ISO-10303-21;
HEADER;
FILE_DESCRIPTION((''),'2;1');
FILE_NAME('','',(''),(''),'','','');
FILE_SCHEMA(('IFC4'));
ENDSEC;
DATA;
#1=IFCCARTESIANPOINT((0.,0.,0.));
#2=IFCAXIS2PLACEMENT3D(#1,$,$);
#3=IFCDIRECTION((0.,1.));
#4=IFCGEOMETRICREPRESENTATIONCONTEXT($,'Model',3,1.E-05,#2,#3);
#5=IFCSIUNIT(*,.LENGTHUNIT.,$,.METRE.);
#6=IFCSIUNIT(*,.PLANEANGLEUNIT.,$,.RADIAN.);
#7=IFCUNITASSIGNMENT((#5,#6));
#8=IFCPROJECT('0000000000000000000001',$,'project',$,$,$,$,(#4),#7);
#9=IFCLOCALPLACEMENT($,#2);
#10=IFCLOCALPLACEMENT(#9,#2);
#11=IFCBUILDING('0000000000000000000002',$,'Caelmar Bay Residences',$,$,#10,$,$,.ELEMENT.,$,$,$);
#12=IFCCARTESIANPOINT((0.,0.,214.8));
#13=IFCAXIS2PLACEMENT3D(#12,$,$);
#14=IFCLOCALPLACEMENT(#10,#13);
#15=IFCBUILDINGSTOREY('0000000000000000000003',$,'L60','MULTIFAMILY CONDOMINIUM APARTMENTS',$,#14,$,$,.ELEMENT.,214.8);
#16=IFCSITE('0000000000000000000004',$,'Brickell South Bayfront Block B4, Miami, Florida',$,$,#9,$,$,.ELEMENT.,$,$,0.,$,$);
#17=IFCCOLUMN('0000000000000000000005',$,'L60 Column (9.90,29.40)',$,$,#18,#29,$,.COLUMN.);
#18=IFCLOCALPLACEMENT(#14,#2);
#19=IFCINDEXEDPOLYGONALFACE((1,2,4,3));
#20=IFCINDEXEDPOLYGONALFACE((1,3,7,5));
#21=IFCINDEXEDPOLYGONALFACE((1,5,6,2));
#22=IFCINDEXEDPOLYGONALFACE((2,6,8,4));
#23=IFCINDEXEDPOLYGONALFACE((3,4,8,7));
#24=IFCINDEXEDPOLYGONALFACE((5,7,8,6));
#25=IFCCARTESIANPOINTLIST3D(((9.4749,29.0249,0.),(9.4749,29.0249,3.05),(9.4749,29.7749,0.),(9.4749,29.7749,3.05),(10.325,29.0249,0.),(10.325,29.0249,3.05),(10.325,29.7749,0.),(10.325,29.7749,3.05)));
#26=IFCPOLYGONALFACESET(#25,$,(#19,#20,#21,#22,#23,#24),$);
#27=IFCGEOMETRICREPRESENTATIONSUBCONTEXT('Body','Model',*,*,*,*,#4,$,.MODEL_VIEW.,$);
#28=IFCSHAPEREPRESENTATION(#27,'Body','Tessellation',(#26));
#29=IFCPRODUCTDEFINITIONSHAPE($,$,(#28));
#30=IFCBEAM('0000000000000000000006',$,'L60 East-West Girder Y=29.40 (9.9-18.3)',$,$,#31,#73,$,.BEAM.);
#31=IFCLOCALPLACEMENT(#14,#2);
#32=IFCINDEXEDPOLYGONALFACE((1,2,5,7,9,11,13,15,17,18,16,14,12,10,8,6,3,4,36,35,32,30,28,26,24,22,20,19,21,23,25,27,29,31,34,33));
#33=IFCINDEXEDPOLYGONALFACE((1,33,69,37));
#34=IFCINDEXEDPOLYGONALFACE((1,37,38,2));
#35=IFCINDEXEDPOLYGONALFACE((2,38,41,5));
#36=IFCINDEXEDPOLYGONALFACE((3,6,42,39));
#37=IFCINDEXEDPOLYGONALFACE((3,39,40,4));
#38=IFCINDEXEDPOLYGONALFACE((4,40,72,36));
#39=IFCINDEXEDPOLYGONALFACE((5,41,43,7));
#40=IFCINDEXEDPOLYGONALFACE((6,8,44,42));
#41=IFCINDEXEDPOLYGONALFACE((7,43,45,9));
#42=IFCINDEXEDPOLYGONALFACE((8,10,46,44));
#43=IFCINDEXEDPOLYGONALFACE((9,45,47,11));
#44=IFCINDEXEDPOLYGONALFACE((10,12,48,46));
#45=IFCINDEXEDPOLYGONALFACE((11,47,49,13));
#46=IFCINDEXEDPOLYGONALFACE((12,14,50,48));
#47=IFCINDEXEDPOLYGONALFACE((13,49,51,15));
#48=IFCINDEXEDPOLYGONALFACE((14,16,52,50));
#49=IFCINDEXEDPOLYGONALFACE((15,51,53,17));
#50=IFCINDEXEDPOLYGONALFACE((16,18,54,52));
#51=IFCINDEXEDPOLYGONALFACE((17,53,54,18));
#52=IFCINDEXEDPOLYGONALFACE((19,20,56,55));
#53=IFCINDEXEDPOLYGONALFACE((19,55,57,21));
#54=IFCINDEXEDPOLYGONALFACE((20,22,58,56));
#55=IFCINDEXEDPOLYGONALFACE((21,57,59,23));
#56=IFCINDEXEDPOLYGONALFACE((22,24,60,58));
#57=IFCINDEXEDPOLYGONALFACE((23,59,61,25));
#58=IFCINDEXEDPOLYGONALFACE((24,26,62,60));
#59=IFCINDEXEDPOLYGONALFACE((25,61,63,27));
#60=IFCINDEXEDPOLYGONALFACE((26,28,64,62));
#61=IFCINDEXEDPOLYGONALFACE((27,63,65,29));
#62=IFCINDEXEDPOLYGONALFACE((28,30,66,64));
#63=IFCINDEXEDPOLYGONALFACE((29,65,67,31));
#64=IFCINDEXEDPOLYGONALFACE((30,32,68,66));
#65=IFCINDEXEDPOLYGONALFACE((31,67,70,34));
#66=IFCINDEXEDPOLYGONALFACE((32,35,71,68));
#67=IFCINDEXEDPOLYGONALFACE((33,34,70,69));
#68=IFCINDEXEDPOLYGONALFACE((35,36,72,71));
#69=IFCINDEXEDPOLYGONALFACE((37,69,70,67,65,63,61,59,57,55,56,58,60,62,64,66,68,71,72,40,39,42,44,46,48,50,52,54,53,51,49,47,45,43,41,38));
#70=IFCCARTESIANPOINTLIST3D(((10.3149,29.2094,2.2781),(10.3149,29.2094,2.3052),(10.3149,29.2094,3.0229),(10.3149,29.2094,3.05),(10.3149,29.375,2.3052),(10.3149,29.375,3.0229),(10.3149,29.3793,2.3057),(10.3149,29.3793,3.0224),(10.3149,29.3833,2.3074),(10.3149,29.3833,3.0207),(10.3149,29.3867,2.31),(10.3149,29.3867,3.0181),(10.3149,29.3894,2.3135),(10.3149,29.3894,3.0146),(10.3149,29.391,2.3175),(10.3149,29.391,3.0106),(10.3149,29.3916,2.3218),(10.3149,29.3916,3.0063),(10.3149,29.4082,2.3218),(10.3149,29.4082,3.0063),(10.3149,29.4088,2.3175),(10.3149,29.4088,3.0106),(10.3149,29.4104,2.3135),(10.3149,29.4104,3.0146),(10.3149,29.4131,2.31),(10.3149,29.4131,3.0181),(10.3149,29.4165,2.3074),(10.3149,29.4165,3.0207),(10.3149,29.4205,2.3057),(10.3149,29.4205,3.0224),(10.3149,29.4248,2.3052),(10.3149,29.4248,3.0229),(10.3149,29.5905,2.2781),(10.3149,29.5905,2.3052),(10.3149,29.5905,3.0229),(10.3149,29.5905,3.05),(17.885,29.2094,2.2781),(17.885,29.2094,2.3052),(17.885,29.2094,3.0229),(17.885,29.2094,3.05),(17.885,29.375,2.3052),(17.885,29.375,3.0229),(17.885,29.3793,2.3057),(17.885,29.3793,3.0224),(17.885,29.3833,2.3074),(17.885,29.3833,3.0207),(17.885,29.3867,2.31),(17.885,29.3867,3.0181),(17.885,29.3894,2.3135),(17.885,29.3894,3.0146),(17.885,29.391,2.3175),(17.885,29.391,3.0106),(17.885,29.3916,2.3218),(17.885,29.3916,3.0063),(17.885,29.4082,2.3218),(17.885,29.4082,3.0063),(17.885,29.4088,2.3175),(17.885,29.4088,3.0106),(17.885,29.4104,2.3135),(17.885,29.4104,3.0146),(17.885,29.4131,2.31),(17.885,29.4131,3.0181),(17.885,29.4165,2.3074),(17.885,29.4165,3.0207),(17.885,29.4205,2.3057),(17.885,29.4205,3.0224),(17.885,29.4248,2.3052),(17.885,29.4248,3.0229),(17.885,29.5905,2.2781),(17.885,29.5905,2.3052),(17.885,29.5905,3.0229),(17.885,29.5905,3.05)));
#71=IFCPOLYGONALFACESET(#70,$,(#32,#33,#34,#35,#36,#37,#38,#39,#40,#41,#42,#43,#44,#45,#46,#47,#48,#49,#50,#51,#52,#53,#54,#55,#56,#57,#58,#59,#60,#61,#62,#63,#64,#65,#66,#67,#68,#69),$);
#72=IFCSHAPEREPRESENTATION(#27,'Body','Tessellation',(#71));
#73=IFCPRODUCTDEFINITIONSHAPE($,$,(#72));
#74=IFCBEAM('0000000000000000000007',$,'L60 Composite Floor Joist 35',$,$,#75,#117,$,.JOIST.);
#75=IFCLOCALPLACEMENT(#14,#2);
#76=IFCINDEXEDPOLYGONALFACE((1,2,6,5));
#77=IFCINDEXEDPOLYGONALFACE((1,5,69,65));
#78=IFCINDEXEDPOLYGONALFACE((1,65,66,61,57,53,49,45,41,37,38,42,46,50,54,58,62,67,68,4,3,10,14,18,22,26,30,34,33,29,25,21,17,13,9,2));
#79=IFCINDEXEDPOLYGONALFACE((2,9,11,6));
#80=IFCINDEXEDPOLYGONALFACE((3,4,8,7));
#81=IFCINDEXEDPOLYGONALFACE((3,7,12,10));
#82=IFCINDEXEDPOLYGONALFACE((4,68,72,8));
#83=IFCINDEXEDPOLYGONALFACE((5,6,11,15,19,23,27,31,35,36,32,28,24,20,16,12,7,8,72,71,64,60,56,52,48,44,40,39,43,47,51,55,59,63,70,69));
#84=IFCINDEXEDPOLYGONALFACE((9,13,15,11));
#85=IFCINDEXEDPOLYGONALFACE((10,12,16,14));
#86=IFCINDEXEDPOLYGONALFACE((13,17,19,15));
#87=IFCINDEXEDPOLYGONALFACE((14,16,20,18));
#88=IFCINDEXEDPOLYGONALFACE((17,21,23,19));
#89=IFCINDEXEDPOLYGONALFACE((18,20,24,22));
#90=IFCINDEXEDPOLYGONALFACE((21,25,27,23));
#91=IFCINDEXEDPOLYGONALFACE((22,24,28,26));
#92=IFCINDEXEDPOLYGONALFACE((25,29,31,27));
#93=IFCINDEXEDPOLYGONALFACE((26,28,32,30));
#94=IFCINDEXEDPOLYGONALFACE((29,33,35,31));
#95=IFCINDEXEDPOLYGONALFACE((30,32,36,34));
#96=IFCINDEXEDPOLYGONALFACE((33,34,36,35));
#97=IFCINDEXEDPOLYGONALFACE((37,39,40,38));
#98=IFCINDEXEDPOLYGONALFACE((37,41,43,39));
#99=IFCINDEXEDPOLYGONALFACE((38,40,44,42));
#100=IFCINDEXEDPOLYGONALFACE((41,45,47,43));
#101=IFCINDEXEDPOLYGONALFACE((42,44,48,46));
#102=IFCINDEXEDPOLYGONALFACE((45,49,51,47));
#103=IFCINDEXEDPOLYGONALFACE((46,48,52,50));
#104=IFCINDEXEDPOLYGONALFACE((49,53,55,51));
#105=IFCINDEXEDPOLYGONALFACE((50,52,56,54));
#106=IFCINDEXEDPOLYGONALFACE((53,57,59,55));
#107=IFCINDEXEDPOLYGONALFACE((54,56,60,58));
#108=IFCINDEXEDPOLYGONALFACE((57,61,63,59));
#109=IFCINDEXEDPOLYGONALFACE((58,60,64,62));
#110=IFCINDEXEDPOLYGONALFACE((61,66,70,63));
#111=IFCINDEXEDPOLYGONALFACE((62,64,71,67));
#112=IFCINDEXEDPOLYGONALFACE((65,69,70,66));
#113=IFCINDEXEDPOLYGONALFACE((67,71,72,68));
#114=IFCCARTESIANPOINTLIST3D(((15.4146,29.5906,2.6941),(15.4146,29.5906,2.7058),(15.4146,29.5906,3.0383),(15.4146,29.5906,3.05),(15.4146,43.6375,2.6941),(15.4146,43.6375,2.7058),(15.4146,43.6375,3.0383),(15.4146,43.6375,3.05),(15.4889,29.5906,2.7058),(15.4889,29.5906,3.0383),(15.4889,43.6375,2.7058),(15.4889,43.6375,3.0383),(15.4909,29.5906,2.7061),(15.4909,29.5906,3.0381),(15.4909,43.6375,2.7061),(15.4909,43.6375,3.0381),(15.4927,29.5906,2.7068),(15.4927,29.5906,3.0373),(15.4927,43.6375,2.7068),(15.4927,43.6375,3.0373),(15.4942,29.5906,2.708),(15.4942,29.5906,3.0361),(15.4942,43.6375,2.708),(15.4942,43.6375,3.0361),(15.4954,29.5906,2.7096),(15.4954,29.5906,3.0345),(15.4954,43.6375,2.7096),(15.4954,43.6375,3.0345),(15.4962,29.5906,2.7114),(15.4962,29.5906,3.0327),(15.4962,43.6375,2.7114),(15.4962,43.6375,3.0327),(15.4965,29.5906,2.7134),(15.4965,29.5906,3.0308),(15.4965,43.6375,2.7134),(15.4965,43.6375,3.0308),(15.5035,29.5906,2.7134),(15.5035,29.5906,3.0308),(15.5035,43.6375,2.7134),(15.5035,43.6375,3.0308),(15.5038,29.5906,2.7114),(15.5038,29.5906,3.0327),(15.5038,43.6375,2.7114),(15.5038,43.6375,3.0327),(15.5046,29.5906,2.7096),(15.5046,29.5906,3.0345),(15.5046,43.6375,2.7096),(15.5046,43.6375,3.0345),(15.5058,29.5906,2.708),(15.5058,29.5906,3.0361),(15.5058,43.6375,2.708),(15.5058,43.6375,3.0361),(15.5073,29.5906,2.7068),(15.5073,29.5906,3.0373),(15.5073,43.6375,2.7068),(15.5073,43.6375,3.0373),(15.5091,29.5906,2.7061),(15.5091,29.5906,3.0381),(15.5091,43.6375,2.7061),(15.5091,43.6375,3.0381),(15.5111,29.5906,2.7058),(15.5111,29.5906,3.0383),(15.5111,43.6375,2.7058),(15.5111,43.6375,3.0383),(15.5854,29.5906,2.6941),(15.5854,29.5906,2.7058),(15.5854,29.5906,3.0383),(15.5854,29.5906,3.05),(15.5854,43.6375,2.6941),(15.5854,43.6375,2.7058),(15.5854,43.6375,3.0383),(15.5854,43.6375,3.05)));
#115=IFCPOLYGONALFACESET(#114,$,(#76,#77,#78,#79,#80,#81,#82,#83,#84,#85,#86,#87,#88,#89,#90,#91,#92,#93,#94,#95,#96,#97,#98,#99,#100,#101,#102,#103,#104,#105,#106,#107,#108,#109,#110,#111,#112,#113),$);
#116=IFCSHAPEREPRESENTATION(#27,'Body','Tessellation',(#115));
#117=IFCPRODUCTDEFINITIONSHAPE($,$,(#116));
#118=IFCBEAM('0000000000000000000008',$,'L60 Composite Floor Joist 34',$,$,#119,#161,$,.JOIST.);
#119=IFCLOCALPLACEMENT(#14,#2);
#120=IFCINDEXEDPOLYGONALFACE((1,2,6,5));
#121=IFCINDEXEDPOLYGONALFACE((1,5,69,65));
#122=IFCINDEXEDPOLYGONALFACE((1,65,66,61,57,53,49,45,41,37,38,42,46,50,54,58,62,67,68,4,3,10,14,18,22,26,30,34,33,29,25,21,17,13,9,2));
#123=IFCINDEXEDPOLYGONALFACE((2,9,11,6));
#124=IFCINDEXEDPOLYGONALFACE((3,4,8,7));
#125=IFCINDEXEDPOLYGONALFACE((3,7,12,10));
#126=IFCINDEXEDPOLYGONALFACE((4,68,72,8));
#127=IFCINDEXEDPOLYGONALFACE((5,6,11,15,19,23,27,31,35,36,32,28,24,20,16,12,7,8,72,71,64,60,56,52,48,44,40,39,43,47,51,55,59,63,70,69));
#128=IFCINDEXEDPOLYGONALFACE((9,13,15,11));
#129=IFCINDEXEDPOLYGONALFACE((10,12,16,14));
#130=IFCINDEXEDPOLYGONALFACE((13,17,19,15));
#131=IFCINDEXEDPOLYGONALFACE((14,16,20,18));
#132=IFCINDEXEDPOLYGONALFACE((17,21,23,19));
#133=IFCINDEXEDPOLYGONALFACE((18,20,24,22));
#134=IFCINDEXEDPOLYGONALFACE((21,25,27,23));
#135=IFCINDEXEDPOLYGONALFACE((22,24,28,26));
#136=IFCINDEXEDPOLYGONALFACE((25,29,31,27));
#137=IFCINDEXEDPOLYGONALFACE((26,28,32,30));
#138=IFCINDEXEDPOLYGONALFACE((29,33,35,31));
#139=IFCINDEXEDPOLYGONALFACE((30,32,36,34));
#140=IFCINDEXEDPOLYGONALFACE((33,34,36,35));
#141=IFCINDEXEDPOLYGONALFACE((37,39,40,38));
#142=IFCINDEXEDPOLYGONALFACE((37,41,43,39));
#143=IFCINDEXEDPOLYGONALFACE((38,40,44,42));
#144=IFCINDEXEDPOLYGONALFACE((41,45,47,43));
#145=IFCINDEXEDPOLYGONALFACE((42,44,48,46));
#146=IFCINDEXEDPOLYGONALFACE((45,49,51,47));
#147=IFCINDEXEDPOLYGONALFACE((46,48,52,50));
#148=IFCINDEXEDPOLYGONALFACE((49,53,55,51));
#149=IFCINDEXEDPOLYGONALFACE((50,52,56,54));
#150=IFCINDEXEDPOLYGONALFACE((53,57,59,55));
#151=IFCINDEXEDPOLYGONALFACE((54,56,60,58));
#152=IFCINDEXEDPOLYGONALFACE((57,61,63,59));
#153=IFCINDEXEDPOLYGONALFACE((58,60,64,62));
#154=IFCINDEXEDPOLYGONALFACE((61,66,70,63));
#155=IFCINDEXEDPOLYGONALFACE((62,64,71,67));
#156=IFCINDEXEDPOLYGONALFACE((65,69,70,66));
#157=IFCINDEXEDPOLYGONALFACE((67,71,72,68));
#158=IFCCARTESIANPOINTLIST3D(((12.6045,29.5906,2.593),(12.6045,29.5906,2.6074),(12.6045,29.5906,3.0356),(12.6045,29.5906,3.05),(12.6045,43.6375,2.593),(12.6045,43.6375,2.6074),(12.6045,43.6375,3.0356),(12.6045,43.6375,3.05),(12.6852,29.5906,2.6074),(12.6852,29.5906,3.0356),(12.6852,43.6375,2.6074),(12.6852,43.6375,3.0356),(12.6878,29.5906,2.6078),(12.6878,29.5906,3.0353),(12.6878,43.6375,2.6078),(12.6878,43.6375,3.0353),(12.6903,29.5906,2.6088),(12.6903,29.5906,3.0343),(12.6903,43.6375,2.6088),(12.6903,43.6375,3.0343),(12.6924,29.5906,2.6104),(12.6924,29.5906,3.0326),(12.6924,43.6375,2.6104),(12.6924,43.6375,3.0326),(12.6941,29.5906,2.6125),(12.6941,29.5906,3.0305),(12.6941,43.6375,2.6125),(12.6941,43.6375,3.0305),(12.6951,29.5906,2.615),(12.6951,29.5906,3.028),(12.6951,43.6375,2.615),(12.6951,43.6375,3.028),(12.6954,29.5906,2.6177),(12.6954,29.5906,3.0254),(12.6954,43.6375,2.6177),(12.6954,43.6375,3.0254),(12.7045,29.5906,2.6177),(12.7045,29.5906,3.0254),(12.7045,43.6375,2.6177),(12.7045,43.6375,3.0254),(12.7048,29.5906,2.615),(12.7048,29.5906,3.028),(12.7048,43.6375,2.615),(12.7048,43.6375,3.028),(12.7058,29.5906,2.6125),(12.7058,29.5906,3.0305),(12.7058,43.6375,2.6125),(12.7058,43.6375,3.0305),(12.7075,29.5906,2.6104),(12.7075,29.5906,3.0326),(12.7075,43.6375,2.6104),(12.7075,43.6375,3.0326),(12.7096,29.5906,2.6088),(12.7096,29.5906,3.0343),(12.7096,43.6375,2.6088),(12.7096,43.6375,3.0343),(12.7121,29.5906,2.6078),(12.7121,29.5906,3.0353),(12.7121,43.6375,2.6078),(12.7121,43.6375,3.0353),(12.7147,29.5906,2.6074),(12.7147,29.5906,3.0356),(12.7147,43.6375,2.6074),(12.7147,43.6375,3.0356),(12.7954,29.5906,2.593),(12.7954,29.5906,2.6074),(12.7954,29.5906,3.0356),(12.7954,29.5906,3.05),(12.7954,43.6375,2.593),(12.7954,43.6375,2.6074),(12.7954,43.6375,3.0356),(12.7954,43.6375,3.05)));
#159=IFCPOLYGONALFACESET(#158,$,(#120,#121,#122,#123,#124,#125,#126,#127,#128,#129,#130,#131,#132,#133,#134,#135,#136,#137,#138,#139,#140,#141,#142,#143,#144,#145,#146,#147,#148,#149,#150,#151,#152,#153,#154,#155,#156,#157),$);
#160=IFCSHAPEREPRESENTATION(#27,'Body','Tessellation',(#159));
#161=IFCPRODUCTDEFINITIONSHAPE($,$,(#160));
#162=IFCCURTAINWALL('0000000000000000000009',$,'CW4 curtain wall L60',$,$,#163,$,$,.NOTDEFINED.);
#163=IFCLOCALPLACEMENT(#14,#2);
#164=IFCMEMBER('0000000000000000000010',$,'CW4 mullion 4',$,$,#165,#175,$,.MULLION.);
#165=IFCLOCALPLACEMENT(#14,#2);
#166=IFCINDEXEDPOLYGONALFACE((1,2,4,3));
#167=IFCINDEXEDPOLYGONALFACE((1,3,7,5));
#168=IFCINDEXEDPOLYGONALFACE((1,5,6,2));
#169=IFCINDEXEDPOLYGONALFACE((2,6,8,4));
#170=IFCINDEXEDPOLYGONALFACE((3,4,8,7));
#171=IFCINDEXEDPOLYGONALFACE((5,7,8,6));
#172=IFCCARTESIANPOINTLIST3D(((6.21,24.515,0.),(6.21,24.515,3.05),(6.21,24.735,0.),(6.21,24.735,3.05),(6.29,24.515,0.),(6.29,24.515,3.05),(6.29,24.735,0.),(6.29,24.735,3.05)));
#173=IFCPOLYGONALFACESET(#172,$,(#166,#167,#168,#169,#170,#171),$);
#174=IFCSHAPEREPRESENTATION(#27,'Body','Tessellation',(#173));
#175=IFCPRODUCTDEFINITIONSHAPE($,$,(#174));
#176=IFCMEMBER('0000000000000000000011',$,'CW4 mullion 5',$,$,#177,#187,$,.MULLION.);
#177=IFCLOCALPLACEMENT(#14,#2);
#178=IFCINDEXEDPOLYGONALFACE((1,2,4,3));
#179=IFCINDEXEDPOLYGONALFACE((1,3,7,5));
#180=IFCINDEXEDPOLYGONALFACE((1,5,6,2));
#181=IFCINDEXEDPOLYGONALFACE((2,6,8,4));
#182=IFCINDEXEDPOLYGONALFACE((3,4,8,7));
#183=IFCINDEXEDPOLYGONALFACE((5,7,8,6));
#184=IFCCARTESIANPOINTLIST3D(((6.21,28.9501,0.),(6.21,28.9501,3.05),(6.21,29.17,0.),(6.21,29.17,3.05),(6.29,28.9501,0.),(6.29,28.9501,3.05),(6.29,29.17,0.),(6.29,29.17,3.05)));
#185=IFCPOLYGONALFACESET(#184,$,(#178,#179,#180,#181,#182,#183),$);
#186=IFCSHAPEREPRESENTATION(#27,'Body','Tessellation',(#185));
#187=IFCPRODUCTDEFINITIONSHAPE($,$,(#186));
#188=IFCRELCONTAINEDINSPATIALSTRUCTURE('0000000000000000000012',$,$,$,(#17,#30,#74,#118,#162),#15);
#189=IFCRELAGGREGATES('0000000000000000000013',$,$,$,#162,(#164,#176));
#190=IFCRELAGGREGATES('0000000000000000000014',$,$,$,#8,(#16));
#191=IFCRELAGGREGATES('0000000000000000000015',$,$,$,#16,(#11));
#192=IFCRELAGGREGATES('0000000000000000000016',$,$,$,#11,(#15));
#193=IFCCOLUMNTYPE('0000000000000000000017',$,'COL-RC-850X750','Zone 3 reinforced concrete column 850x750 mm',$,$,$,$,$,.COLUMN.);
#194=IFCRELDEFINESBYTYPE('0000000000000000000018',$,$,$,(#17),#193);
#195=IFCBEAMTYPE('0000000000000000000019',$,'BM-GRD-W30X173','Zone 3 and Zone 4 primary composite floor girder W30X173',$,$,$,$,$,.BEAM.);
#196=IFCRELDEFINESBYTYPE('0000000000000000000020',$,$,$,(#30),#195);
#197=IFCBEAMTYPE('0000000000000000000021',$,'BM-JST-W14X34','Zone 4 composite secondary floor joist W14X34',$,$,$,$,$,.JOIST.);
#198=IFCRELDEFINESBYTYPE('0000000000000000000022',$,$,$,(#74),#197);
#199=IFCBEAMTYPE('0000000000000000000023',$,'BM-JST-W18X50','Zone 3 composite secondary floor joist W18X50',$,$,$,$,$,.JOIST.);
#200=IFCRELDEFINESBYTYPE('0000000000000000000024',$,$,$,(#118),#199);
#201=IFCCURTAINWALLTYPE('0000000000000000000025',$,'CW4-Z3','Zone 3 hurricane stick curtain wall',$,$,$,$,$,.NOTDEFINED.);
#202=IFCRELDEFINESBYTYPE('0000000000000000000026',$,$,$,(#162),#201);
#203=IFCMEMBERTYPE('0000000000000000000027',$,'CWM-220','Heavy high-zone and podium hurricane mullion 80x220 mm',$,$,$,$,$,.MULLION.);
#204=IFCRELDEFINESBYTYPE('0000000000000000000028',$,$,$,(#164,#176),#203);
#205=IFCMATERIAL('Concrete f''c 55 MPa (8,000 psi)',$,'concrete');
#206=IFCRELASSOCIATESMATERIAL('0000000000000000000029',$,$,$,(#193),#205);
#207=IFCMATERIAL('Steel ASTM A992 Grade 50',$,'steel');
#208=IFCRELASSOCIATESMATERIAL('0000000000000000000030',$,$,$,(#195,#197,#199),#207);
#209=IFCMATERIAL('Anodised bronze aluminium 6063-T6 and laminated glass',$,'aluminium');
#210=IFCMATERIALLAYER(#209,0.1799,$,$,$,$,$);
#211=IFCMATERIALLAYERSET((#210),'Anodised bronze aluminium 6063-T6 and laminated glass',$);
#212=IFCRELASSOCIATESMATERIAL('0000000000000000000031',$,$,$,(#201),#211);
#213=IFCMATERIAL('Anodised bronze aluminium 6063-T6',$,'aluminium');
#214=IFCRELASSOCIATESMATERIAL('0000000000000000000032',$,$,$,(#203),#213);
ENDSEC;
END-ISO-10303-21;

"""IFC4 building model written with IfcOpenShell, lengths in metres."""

from ifc_helpers import new_model, si_unit, direction, frame, origin, origin_2d, place, context, subcontext, project, spatial, rectangle, i_section, extrude, material, layer, layer_set, material_profile, profile_set, type_object, element, aggregate, save


model = new_model("IFC4")

# Units and contexts
model_context = context("Model", 3, precision=1e-05, world=origin(), true_north=direction((0.0, 1.0)))
body_context = subcontext(model_context, "Body", "Model", "MODEL_VIEW")
ifc_project = project(units=[si_unit("LENGTHUNIT", "METRE"), si_unit("PLANEANGLEUNIT", "RADIAN")], contexts=[model_context])

# Site, building, storey
site_placement = place(None, origin())
site = spatial("IfcSite", under=ifc_project, at=site_placement, Name="Brickell South Bayfront Block B4, Miami, Florida", CompositionType="ELEMENT", RefElevation=0.0)
building_placement = place(site_placement, origin())
building = spatial("IfcBuilding", under=site, at=building_placement, Name="Caelmar Bay Residences", CompositionType="ELEMENT")
storey_placement = place(building_placement, frame((0.0, 0.0, 214.8)))
storey = spatial("IfcBuildingStorey", under=building, at=storey_placement, Name="L60", Description="MULTIFAMILY CONDOMINIUM APARTMENTS", CompositionType="ELEMENT", Elevation=214.8)

# Column
ifc_material_1 = material(Name="Concrete f'c 55 MPa (8,000 psi)", Category="concrete")
ifc_material_profile_1 = material_profile(ifc_material_1, rectangle(XDim=0.8501, YDim=0.75, at=origin_2d()), Name="RC-COL-850X750")
ifc_profile_set_1 = profile_set([ifc_material_profile_1], Name="Concrete f'c 55 MPa (8,000 psi)")
column_type = type_object("IfcColumnType", Name="COL-RC-850X750", Description="Zone 3 reinforced concrete column 850x750 mm", PredefinedType="COLUMN", material=ifc_profile_set_1)
column_placement = place(storey_placement, frame((9.8999, 29.3999, 0.0), z_axis=(0.0, 0.0, 1.0), x_axis=(1.0, 0.0, 0.0)))
element("IfcColumn", 1, at=column_placement, inside=storey, type_object=column_type, Name="L60 Column (9.90,29.40)", PredefinedType="COLUMN", context=body_context, shape_type="SweptSolid", body=[
    extrude(rectangle(XDim=0.8501, YDim=0.75, at=origin_2d()), origin(), (0.0, 0.0, 1.0), 3.05),
])

# Beams
ifc_material_2 = material(Name="Steel ASTM A992 Grade 50", Category="steel")
ifc_material_profile_2 = material_profile(ifc_material_2, i_section(OverallWidth=0.3811, OverallDepth=0.772, WebThickness=0.0166, FlangeThickness=0.0271, FilletRadius=0.0166, at=origin_2d()), Name="W30X173")
ifc_profile_set_2 = profile_set([ifc_material_profile_2], Name="Steel ASTM A992 Grade 50")
beam_type_1 = type_object("IfcBeamType", Name="BM-GRD-W30X173", Description="Zone 3 and Zone 4 primary composite floor girder W30X173", PredefinedType="BEAM", material=ifc_profile_set_2)
beam_1_placement = place(storey_placement, frame((10.3149, 29.3999, 2.6641), z_axis=(1.0, 0.0, 0.0), x_axis=(0.0, 1.0, 0.0)))
element("IfcBeam", 2, at=beam_1_placement, inside=storey, type_object=beam_type_1, Name="L60 East-West Girder Y=29.40 (9.9-18.3)", PredefinedType="BEAM", context=body_context, shape_type="SweptSolid", body=[
    extrude(i_section(OverallWidth=0.3811, OverallDepth=0.772, WebThickness=0.0166, FlangeThickness=0.0271, FilletRadius=0.0166, at=origin_2d()), origin(), (0.0, 0.0, 1.0), 7.5701),
])
ifc_material_profile_3 = material_profile(ifc_material_2, i_section(OverallWidth=0.1709, OverallDepth=0.356, WebThickness=0.0071, FlangeThickness=0.0117, FilletRadius=0.0076, at=origin_2d()), Name="W14X34")
ifc_profile_set_3 = profile_set([ifc_material_profile_3], Name="Steel ASTM A992 Grade 50")
beam_type_2 = type_object("IfcBeamType", Name="BM-JST-W14X34", Description="Zone 4 composite secondary floor joist W14X34", PredefinedType="JOIST", material=ifc_profile_set_3)
beam_2_placement = place(storey_placement, frame((15.5, 29.5906, 2.8721), z_axis=(0.0, 1.0, 0.0), x_axis=(-1.0, 0.0, 0.0)))
element("IfcBeam", 3, at=beam_2_placement, inside=storey, type_object=beam_type_2, Name="L60 Composite Floor Joist 35", PredefinedType="JOIST", context=body_context, shape_type="SweptSolid", body=[
    extrude(i_section(OverallWidth=0.1709, OverallDepth=0.356, WebThickness=0.0071, FlangeThickness=0.0117, FilletRadius=0.0076, at=origin_2d()), origin(), (0.0, 0.0, 1.0), 14.0469),
])
ifc_material_profile_4 = material_profile(ifc_material_2, i_section(OverallWidth=0.1909, OverallDepth=0.457, WebThickness=0.009, FlangeThickness=0.0144, FilletRadius=0.0103, at=origin_2d()), Name="W18X50")
ifc_profile_set_4 = profile_set([ifc_material_profile_4], Name="Steel ASTM A992 Grade 50")
beam_type_3 = type_object("IfcBeamType", Name="BM-JST-W18X50", Description="Zone 3 composite secondary floor joist W18X50", PredefinedType="JOIST", material=ifc_profile_set_4)
beam_3_placement = place(storey_placement, frame((12.7, 29.5906, 2.8215), z_axis=(0.0, 1.0, 0.0), x_axis=(-1.0, 0.0, 0.0)))
element("IfcBeam", 4, at=beam_3_placement, inside=storey, type_object=beam_type_3, Name="L60 Composite Floor Joist 34", PredefinedType="JOIST", context=body_context, shape_type="SweptSolid", body=[
    extrude(i_section(OverallWidth=0.1909, OverallDepth=0.457, WebThickness=0.009, FlangeThickness=0.0144, FilletRadius=0.0103, at=origin_2d()), origin(), (0.0, 0.0, 1.0), 14.0469),
])

# Curtain wall, members
ifc_material_3 = material(Name="Anodised bronze aluminium 6063-T6 and laminated glass", Category="aluminium")
ifc_layer_1 = layer(ifc_material_3, 0.1799)
ifc_layer_set_1 = layer_set([ifc_layer_1], Name="Anodised bronze aluminium 6063-T6 and laminated glass")
curtain_wall_type = type_object("IfcCurtainWallType", Name="CW4-Z3", Description="Zone 3 hurricane stick curtain wall", PredefinedType="NOTDEFINED", material=ifc_layer_set_1)
curtain_wall_placement = place(storey_placement, origin())
curtain_wall = element("IfcCurtainWall", 5, at=curtain_wall_placement, inside=storey, type_object=curtain_wall_type, Name="CW4 curtain wall L60", PredefinedType="NOTDEFINED")
ifc_material_4 = material(Name="Anodised bronze aluminium 6063-T6", Category="aluminium")
ifc_material_profile_5 = material_profile(ifc_material_4, rectangle(XDim=0.0801, YDim=0.22, at=origin_2d()), Name="CWM-80X220")
ifc_profile_set_5 = profile_set([ifc_material_profile_5], Name="Anodised bronze aluminium 6063-T6")
member_type_1 = type_object("IfcMemberType", Name="CWM-220", Description="Heavy high-zone and podium hurricane mullion 80x220 mm", PredefinedType="MULLION", material=ifc_profile_set_5)
member_1_placement = place(storey_placement, frame((6.25, 24.625, 0.0), z_axis=(0.0, 0.0, 1.0), x_axis=(-1.0, 0.0, 0.0)))
member_1 = element("IfcMember", 6, at=member_1_placement, type_object=member_type_1, Name="CW4 mullion 4", PredefinedType="MULLION", context=body_context, shape_type="SweptSolid", body=[
    extrude(rectangle(XDim=0.0801, YDim=0.22, at=origin_2d()), origin(), (0.0, 0.0, 1.0), 3.05),
])
member_2_placement = place(storey_placement, frame((6.25, 29.0601, 0.0), z_axis=(0.0, 0.0, 1.0), x_axis=(-1.0, 0.0, 0.0)))
member_2 = element("IfcMember", 7, at=member_2_placement, type_object=member_type_1, Name="CW4 mullion 5", PredefinedType="MULLION", context=body_context, shape_type="SweptSolid", body=[
    extrude(rectangle(XDim=0.0801, YDim=0.22, at=origin_2d()), origin(), (0.0, 0.0, 1.0), 3.05),
])
aggregate(curtain_wall, [member_1, member_2])

save(model, "model.ifc")
